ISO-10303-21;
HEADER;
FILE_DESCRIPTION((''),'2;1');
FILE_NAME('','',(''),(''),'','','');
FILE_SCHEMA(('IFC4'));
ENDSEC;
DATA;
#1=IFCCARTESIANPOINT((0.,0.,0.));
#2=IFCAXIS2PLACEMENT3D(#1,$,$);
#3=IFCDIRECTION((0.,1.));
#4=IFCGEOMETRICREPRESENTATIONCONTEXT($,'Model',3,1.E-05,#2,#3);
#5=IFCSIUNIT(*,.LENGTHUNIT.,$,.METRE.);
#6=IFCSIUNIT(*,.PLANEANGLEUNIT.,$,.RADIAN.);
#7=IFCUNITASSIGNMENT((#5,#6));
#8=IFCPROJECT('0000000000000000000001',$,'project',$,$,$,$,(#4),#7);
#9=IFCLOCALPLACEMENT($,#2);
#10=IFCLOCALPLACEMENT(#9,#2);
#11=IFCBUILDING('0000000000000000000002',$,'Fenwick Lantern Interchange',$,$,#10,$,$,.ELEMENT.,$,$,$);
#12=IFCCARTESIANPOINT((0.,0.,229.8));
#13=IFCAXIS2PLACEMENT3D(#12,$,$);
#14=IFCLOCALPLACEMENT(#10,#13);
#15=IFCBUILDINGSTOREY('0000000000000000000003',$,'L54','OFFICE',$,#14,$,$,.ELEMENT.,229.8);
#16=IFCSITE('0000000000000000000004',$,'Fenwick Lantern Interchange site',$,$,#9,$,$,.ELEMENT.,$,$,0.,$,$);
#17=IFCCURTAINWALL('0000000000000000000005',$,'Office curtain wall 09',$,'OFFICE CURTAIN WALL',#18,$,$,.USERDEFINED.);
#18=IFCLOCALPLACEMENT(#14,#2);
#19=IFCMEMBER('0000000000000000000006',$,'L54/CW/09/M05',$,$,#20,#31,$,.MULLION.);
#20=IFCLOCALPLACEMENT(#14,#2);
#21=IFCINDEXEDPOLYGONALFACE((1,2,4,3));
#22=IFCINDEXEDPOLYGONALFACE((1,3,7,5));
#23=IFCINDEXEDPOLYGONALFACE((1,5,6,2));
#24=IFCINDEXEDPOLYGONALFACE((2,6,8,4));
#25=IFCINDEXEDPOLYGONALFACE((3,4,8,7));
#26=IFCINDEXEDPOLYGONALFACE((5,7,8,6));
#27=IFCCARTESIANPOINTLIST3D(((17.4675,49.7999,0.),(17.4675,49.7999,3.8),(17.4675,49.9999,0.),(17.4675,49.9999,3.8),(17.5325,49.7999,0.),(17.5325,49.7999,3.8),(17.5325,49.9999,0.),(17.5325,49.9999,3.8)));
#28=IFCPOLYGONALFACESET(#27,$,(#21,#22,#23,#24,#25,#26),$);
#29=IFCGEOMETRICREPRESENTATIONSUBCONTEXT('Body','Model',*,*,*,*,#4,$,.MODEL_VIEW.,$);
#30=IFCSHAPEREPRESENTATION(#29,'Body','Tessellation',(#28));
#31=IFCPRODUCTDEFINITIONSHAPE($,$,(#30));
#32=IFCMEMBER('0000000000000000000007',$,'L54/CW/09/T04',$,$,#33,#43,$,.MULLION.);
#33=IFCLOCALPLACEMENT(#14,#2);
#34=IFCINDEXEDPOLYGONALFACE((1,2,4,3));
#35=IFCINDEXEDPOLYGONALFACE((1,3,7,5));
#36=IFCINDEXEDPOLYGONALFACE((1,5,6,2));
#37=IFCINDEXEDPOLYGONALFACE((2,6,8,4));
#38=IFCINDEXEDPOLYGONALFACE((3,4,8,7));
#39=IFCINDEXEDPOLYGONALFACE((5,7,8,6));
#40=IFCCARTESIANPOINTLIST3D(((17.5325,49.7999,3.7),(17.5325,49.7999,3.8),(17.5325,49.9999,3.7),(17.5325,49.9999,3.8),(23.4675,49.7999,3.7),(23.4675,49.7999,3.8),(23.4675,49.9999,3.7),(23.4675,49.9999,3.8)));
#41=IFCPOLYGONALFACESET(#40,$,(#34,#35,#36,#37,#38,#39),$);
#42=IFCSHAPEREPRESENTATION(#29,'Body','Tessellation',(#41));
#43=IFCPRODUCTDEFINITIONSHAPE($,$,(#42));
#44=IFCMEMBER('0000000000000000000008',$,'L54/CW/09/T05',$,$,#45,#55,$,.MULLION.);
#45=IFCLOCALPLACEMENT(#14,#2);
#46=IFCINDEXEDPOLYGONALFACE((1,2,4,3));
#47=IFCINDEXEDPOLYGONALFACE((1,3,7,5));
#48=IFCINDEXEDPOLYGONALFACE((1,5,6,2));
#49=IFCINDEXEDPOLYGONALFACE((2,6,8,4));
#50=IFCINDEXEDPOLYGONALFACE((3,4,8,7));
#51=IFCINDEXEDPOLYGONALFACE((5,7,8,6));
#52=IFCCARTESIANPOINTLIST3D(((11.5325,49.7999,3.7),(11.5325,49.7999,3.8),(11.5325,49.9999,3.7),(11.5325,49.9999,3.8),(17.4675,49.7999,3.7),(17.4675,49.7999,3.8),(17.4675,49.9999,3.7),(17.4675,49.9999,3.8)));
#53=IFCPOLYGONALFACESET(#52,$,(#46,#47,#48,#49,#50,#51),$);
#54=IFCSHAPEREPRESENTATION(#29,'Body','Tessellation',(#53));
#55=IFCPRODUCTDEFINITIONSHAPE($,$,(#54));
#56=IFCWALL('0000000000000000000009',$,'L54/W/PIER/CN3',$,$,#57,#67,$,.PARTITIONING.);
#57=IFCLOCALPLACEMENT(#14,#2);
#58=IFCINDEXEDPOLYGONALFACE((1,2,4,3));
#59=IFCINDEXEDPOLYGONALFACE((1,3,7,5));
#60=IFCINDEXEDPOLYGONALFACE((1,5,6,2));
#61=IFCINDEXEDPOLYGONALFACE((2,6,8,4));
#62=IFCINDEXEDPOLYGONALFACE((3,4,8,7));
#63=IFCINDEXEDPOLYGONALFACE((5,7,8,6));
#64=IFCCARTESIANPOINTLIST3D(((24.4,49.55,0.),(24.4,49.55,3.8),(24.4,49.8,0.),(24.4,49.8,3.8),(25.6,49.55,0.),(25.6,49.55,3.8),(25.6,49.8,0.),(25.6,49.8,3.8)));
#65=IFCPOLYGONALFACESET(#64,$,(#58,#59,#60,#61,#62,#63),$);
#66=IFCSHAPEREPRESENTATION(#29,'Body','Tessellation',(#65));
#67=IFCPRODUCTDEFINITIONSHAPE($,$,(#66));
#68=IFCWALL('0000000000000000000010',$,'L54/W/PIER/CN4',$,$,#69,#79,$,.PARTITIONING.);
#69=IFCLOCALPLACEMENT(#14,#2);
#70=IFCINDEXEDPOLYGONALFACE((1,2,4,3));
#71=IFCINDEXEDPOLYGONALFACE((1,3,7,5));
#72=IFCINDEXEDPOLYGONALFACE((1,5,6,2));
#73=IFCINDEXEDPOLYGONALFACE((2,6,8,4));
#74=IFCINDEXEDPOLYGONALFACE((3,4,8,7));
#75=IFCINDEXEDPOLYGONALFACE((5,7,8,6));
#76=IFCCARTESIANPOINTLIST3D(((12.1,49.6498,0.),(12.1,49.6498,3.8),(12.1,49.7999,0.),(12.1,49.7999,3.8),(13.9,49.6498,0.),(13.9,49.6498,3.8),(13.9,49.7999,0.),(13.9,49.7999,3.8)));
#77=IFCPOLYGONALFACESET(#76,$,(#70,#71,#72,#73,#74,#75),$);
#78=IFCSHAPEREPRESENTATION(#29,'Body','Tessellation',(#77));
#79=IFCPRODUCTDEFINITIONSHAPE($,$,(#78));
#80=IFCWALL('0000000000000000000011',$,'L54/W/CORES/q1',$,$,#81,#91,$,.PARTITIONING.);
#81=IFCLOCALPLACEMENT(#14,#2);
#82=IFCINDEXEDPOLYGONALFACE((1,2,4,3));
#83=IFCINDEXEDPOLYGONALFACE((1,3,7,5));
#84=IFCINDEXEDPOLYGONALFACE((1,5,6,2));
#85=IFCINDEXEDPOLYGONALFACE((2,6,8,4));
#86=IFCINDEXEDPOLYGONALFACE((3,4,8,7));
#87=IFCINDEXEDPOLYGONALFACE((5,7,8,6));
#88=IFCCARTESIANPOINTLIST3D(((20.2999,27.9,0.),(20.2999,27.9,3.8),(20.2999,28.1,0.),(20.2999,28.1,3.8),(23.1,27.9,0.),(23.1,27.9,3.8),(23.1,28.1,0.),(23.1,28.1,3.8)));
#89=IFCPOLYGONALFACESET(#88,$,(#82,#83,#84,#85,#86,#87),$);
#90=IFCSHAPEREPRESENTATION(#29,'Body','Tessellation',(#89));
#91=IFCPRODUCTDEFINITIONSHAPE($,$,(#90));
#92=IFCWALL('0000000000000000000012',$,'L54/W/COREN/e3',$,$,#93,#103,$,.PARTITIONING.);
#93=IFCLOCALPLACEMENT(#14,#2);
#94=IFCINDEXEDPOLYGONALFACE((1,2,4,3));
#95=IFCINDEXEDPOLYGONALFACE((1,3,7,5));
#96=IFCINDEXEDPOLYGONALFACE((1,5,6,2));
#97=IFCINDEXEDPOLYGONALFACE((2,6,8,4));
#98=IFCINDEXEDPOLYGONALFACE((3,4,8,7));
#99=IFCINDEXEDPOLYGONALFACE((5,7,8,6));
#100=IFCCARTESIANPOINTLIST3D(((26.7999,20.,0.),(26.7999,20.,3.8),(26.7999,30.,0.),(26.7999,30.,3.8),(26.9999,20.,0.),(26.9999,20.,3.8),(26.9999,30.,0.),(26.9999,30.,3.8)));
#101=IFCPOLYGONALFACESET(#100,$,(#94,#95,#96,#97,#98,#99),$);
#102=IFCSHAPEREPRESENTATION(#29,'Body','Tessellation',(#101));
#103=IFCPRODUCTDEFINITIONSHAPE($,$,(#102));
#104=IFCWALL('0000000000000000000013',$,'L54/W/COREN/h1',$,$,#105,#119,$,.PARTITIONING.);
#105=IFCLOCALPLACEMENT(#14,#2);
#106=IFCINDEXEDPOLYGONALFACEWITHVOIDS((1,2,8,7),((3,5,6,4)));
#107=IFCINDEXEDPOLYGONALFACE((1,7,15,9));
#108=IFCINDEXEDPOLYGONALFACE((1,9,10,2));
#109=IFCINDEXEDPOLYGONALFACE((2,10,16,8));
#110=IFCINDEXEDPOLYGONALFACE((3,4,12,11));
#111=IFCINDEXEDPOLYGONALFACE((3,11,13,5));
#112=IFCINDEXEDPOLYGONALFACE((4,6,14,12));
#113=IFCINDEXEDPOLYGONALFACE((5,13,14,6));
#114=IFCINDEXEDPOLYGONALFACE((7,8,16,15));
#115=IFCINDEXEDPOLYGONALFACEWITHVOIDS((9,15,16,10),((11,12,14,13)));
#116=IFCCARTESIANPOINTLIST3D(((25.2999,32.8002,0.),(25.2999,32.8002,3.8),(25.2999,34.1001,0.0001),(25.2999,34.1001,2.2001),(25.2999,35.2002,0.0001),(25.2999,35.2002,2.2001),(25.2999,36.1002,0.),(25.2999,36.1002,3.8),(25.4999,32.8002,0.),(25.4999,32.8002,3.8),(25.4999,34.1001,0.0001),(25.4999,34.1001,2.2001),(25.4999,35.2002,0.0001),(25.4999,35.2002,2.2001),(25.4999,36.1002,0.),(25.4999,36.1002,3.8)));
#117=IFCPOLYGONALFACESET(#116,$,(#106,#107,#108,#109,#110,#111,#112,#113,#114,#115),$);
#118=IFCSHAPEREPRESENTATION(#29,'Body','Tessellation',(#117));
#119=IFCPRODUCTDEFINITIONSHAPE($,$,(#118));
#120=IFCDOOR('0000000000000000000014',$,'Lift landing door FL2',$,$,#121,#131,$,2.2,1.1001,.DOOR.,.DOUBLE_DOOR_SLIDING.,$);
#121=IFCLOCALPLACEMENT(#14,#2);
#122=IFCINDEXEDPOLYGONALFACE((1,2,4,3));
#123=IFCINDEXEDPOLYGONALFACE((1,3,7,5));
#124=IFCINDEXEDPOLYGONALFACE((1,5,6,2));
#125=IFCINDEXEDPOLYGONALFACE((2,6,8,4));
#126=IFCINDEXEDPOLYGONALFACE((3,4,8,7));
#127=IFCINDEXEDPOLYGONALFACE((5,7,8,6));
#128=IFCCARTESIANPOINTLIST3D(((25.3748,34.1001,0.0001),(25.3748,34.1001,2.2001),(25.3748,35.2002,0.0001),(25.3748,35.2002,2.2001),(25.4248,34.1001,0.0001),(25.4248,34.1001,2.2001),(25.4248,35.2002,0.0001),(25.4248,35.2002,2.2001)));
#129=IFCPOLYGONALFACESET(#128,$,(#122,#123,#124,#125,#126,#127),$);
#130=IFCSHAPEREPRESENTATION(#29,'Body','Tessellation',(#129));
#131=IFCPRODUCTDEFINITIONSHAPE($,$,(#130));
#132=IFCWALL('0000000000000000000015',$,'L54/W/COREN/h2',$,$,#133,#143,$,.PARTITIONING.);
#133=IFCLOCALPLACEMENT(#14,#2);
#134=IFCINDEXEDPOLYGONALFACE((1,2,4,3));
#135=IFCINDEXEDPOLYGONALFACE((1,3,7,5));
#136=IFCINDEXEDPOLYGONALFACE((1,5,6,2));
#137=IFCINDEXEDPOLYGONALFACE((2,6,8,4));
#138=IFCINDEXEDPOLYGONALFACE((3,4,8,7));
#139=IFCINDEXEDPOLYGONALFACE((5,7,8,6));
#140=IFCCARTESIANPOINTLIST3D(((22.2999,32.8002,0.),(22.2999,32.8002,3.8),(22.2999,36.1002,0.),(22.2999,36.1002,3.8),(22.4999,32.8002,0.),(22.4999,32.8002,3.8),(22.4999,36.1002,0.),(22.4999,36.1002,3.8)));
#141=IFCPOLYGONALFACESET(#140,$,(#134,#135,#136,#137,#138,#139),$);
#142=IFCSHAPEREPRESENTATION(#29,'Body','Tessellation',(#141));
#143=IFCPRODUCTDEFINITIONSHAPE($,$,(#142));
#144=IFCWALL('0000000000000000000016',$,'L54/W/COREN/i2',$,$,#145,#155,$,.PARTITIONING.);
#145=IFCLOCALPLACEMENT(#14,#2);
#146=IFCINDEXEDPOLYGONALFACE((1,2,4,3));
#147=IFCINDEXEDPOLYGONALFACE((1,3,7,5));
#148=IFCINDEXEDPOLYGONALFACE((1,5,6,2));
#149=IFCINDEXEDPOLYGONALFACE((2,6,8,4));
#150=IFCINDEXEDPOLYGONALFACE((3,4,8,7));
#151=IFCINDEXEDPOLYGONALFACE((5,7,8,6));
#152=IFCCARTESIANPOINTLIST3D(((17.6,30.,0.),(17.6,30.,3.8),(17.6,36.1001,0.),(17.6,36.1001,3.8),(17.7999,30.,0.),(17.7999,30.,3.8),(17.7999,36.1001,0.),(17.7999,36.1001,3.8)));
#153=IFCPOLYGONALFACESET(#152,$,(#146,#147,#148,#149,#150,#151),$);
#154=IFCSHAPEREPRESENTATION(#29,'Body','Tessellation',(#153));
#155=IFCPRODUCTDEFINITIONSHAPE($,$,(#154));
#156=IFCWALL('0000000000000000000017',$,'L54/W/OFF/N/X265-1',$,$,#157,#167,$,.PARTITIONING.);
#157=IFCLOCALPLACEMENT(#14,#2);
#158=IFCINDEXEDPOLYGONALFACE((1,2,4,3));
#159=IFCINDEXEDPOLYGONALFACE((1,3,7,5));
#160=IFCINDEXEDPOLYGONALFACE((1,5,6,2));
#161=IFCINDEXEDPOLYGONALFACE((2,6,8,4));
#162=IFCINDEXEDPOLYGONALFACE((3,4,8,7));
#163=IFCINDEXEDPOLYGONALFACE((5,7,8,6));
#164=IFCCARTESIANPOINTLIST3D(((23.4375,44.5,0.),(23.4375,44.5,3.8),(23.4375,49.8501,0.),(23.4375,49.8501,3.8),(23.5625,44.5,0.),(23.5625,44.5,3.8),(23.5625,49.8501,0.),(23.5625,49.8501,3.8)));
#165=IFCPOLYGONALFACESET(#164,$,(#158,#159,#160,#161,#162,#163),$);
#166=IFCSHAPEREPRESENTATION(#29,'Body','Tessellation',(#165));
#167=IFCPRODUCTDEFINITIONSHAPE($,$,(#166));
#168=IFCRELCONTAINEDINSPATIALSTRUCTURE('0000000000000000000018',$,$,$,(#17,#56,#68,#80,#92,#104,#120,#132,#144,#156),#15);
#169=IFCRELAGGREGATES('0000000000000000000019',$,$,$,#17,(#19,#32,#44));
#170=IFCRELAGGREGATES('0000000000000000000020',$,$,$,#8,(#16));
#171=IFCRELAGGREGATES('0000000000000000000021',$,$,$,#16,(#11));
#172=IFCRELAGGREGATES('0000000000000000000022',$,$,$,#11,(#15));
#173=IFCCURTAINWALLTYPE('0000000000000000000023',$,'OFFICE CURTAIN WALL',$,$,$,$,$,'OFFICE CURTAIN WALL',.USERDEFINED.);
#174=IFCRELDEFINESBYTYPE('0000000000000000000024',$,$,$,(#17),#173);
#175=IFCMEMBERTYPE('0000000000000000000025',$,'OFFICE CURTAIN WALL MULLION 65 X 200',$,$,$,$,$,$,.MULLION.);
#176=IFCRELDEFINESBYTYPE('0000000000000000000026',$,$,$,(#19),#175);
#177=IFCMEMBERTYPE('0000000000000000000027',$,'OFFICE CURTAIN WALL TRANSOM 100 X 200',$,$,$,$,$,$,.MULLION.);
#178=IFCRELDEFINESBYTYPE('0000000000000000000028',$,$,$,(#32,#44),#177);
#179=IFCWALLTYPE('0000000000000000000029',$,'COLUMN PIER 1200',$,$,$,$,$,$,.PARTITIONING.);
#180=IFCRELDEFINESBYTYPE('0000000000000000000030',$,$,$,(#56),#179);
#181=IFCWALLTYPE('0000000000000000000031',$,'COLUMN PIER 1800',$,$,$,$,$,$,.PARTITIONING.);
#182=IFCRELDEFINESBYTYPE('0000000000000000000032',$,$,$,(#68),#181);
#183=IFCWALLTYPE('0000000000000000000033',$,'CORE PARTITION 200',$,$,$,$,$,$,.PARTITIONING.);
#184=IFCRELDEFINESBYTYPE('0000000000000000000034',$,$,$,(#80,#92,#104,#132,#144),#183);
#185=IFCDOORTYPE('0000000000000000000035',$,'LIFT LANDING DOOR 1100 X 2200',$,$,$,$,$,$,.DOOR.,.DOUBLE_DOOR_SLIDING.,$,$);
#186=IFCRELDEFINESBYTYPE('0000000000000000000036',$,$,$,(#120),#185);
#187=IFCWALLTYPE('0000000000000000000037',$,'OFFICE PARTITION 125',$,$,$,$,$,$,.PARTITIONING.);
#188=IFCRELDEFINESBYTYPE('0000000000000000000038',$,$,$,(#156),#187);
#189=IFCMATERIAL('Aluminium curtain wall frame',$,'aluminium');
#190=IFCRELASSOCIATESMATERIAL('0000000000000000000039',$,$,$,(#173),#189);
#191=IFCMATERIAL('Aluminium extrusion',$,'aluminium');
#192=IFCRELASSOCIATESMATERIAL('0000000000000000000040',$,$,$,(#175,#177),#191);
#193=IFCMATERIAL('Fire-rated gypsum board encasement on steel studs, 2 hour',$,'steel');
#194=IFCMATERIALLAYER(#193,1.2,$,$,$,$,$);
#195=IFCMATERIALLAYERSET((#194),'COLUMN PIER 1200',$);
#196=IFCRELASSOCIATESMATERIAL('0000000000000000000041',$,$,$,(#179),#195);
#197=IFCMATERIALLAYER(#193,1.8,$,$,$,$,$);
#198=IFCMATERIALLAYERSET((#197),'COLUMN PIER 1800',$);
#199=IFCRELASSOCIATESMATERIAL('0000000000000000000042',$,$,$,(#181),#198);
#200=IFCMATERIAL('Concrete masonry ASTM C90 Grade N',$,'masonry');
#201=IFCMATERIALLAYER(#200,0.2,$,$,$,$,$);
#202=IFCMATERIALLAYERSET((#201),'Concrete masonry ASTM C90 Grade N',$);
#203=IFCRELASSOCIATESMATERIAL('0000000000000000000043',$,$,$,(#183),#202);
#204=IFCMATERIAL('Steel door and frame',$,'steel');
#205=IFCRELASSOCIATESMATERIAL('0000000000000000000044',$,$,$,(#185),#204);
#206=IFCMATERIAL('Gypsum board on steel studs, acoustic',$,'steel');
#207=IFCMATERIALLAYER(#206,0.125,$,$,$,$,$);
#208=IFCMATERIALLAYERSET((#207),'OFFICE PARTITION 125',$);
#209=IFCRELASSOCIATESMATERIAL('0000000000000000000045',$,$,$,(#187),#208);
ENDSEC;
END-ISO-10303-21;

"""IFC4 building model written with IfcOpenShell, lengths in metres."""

from ifc_helpers import new_model, si_unit, direction, frame, frame_2d, origin, origin_2d, place, context, subcontext, project, spatial, rectangle, extrude, material, layer, layer_set, material_profile, profile_set, type_object, element, fill, aggregate, save


model = new_model("IFC4")

# Units and contexts
model_context = context("Model", 3, precision=1e-05, world=origin(), true_north=direction((0.0, 1.0)))
body_context = subcontext(model_context, "Body", "Model", "MODEL_VIEW")
ifc_project = project(units=[si_unit("LENGTHUNIT", "METRE"), si_unit("PLANEANGLEUNIT", "RADIAN")], contexts=[model_context])

# Site, building, storey
site_placement = place(None, origin())
site = spatial("IfcSite", under=ifc_project, at=site_placement, Name="Fenwick Lantern Interchange site", CompositionType="ELEMENT", RefElevation=0.0)
building_placement = place(site_placement, origin())
building = spatial("IfcBuilding", under=site, at=building_placement, Name="Fenwick Lantern Interchange", CompositionType="ELEMENT")
storey_placement = place(building_placement, frame((0.0, 0.0, 229.8)))
storey = spatial("IfcBuildingStorey", under=building, at=storey_placement, Name="L54", Description="OFFICE", CompositionType="ELEMENT", Elevation=229.8)

# Curtain wall, members
ifc_material_1 = material(Name="Aluminium curtain wall frame", Category="aluminium")
curtain_wall_type = type_object("IfcCurtainWallType", Name="OFFICE CURTAIN WALL", ElementType="OFFICE CURTAIN WALL", PredefinedType="USERDEFINED", material=ifc_material_1)
curtain_wall_placement = place(storey_placement, origin())
curtain_wall = element("IfcCurtainWall", 1, at=curtain_wall_placement, inside=storey, type_object=curtain_wall_type, Name="Office curtain wall 09", ObjectType="OFFICE CURTAIN WALL", PredefinedType="USERDEFINED")
ifc_material_2 = material(Name="Aluminium extrusion", Category="aluminium")
ifc_material_profile_1 = material_profile(ifc_material_2, rectangle(XDim=0.2, YDim=0.0649, at=origin_2d()), Name="OFFICE CURTAIN WALL MULLION 65 X 200")
ifc_profile_set_1 = profile_set([ifc_material_profile_1], Name="Aluminium extrusion")
member_type_1 = type_object("IfcMemberType", Name="OFFICE CURTAIN WALL MULLION 65 X 200", PredefinedType="MULLION", material=ifc_profile_set_1)
member_1_placement = place(storey_placement, frame((17.5, 49.8999, 0.0), z_axis=(0.0, 0.0, 1.0), x_axis=(0.0, -1.0, 0.0)))
member_1 = element("IfcMember", 2, at=member_1_placement, type_object=member_type_1, Name="L54/CW/09/M05", PredefinedType="MULLION", context=body_context, shape_type="SweptSolid", body=[
    extrude(rectangle(XDim=0.2, YDim=0.0649, at=origin_2d()), origin(), (0.0, 0.0, 1.0), 3.8),
])
ifc_material_profile_2 = material_profile(ifc_material_2, rectangle(XDim=0.2, YDim=0.1001, at=origin_2d()), Name="OFFICE CURTAIN WALL TRANSOM 100 X 200")
ifc_profile_set_2 = profile_set([ifc_material_profile_2], Name="Aluminium extrusion")
member_type_2 = type_object("IfcMemberType", Name="OFFICE CURTAIN WALL TRANSOM 100 X 200", PredefinedType="MULLION", material=ifc_profile_set_2)
member_2_placement = place(storey_placement, frame((23.4675, 49.8999, 3.75), z_axis=(-1.0, 0.0, 0.0), x_axis=(0.0, -1.0, 0.0)))
member_2 = element("IfcMember", 3, at=member_2_placement, type_object=member_type_2, Name="L54/CW/09/T04", PredefinedType="MULLION", context=body_context, shape_type="SweptSolid", body=[
    extrude(rectangle(XDim=0.2, YDim=0.1001, at=origin_2d()), origin(), (0.0, 0.0, 1.0), 5.9351),
])
member_3_placement = place(storey_placement, frame((17.4675, 49.8999, 3.75), z_axis=(-1.0, 0.0, 0.0), x_axis=(0.0, -1.0, 0.0)))
member_3 = element("IfcMember", 4, at=member_3_placement, type_object=member_type_2, Name="L54/CW/09/T05", PredefinedType="MULLION", context=body_context, shape_type="SweptSolid", body=[
    extrude(rectangle(XDim=0.2, YDim=0.1001, at=origin_2d()), origin(), (0.0, 0.0, 1.0), 5.9351),
])
aggregate(curtain_wall, [member_1, member_2, member_3])

# Walls
ifc_material_3 = material(Name="Fire-rated gypsum board encasement on steel studs, 2 hour", Category="steel")
ifc_layer_1 = layer(ifc_material_3, 1.2)
ifc_layer_set_1 = layer_set([ifc_layer_1], Name="COLUMN PIER 1200")
wall_type_1 = type_object("IfcWallType", Name="COLUMN PIER 1200", PredefinedType="PARTITIONING", material=ifc_layer_set_1)
wall_1_placement = place(storey_placement, frame((25.0, 49.8, 0.0), z_axis=(0.0, 0.0, 1.0), x_axis=(0.0, -1.0, 0.0)))
element("IfcWall", 5, at=wall_1_placement, inside=storey, type_object=wall_type_1, Name="L54/W/PIER/CN3", PredefinedType="PARTITIONING", context=body_context, shape_type="SweptSolid", body=[
    extrude(rectangle(XDim=0.25, YDim=1.2, at=frame_2d((0.125, 0.0))), origin(), (0.0, 0.0, 1.0), 3.8),
])
ifc_layer_2 = layer(ifc_material_3, 1.8)
ifc_layer_set_2 = layer_set([ifc_layer_2], Name="COLUMN PIER 1800")
wall_type_2 = type_object("IfcWallType", Name="COLUMN PIER 1800", PredefinedType="PARTITIONING", material=ifc_layer_set_2)
wall_2_placement = place(storey_placement, frame((13.0, 49.8, 0.0), z_axis=(0.0, 0.0, 1.0), x_axis=(0.0, -1.0, 0.0)))
element("IfcWall", 6, at=wall_2_placement, inside=storey, type_object=wall_type_2, Name="L54/W/PIER/CN4", PredefinedType="PARTITIONING", context=body_context, shape_type="SweptSolid", body=[
    extrude(rectangle(XDim=0.1501, YDim=1.8, at=frame_2d((0.0752, 0.0))), origin(), (0.0, 0.0, 1.0), 3.8),
])
ifc_material_4 = material(Name="Concrete masonry ASTM C90 Grade N", Category="masonry")
ifc_layer_3 = layer(ifc_material_4, 0.2)
ifc_layer_set_3 = layer_set([ifc_layer_3], Name="Concrete masonry ASTM C90 Grade N")
wall_type_3 = type_object("IfcWallType", Name="CORE PARTITION 200", PredefinedType="PARTITIONING", material=ifc_layer_set_3)
wall_3_placement = place(storey_placement, frame((20.3, 28.0, 0.0), z_axis=(0.0, 0.0, 1.0), x_axis=(1.0, 0.0, 0.0)))
element("IfcWall", 7, at=wall_3_placement, inside=storey, type_object=wall_type_3, Name="L54/W/CORES/q1", PredefinedType="PARTITIONING", context=body_context, shape_type="SweptSolid", body=[
    extrude(rectangle(XDim=2.8, YDim=0.2, at=frame_2d((1.3999, 0.0))), origin(), (0.0, 0.0, 1.0), 3.8),
])
wall_4_placement = place(storey_placement, frame((26.8999, 30.0, 0.0), z_axis=(0.0, 0.0, 1.0), x_axis=(0.0, -1.0, 0.0)))
element("IfcWall", 8, at=wall_4_placement, inside=storey, type_object=wall_type_3, Name="L54/W/COREN/e3", PredefinedType="PARTITIONING", context=body_context, shape_type="SweptSolid", body=[
    extrude(rectangle(XDim=10.0, YDim=0.2, at=frame_2d((5.0, 0.0))), origin(), (0.0, 0.0, 1.0), 3.8),
])

# Wall, opening, door
wall_5_placement = place(storey_placement, frame((25.3999, 36.1001, 0.0), z_axis=(0.0, 0.0, 1.0), x_axis=(0.0, -1.0, 0.0)))
wall_5 = element("IfcWall", 9, at=wall_5_placement, inside=storey, type_object=wall_type_3, Name="L54/W/COREN/h1", PredefinedType="PARTITIONING", context=body_context, shape_type="SweptSolid", body=[
    extrude(rectangle(XDim=3.3, YDim=0.2, at=frame_2d((1.6499, 0.0))), origin(), (0.0, 0.0, 1.0), 3.8),
])
opening_1_placement = place(wall_5_placement, frame((0.8999, 0.0, 0.0)))
opening_1 = element("IfcOpeningElement", 10, at=opening_1_placement, cuts=wall_5, PredefinedType="OPENING", context=body_context, shape_type="SweptSolid", body=[
    extrude(rectangle(XDim=1.1001, YDim=2.2, at=frame_2d((0.55, 1.1001))), frame((0.0, 0.1099, 0.0), z_axis=(0.0, -1.0, 0.0), x_axis=(1.0, 0.0, 0.0)), (0.0, 0.0, 1.0), 0.22),
])
ifc_material_5 = material(Name="Steel door and frame", Category="steel")
door_type_1 = type_object("IfcDoorType", Name="LIFT LANDING DOOR 1100 X 2200", OperationType="DOUBLE_DOOR_SLIDING", PredefinedType="DOOR", material=ifc_material_5)
door_1_placement = place(opening_1_placement, origin())
door_1 = element("IfcDoor", 11, at=door_1_placement, inside=storey, type_object=door_type_1, Name="Lift landing door FL2", OperationType="DOUBLE_DOOR_SLIDING", OverallHeight=2.2, OverallWidth=1.1001, PredefinedType="DOOR", context=body_context, shape_type="SweptSolid", body=[
    extrude(rectangle(XDim=1.1001, YDim=2.2, at=frame_2d((0.55, 1.1001))), frame((0.0, 0.0249, 0.0), z_axis=(0.0, -1.0, 0.0), x_axis=(1.0, 0.0, 0.0)), (0.0, 0.0, 1.0), 0.05),
])
fill(opening_1, door_1)

# Walls
wall_6_placement = place(storey_placement, frame((22.3999, 36.1001, 0.0), z_axis=(0.0, 0.0, 1.0), x_axis=(0.0, -1.0, 0.0)))
element("IfcWall", 12, at=wall_6_placement, inside=storey, type_object=wall_type_3, Name="L54/W/COREN/h2", PredefinedType="PARTITIONING", context=body_context, shape_type="SweptSolid", body=[
    extrude(rectangle(XDim=3.3, YDim=0.2, at=frame_2d((1.6499, 0.0))), origin(), (0.0, 0.0, 1.0), 3.8),
])
wall_7_placement = place(storey_placement, frame((17.7, 36.1001, 0.0), z_axis=(0.0, 0.0, 1.0), x_axis=(0.0, -1.0, 0.0)))
element("IfcWall", 13, at=wall_7_placement, inside=storey, type_object=wall_type_3, Name="L54/W/COREN/i2", PredefinedType="PARTITIONING", context=body_context, shape_type="SweptSolid", body=[
    extrude(rectangle(XDim=6.1001, YDim=0.2, at=frame_2d((3.05, 0.0))), origin(), (0.0, 0.0, 1.0), 3.8),
])

# Wall
ifc_material_6 = material(Name="Gypsum board on steel studs, acoustic", Category="steel")
ifc_layer_4 = layer(ifc_material_6, 0.125)
ifc_layer_set_4 = layer_set([ifc_layer_4], Name="OFFICE PARTITION 125")
wall_type_4 = type_object("IfcWallType", Name="OFFICE PARTITION 125", PredefinedType="PARTITIONING", material=ifc_layer_set_4)
wall_8_placement = place(storey_placement, frame((23.5, 49.8501, 0.0), z_axis=(0.0, 0.0, 1.0), x_axis=(0.0, -1.0, 0.0)))
element("IfcWall", 14, at=wall_8_placement, inside=storey, type_object=wall_type_4, Name="L54/W/OFF/N/X265-1", PredefinedType="PARTITIONING", context=body_context, shape_type="SweptSolid", body=[
    extrude(rectangle(XDim=5.3501, YDim=0.125, at=frame_2d((2.675, 0.0))), origin(), (0.0, 0.0, 1.0), 3.8),
])

save(model, "model.ifc")
